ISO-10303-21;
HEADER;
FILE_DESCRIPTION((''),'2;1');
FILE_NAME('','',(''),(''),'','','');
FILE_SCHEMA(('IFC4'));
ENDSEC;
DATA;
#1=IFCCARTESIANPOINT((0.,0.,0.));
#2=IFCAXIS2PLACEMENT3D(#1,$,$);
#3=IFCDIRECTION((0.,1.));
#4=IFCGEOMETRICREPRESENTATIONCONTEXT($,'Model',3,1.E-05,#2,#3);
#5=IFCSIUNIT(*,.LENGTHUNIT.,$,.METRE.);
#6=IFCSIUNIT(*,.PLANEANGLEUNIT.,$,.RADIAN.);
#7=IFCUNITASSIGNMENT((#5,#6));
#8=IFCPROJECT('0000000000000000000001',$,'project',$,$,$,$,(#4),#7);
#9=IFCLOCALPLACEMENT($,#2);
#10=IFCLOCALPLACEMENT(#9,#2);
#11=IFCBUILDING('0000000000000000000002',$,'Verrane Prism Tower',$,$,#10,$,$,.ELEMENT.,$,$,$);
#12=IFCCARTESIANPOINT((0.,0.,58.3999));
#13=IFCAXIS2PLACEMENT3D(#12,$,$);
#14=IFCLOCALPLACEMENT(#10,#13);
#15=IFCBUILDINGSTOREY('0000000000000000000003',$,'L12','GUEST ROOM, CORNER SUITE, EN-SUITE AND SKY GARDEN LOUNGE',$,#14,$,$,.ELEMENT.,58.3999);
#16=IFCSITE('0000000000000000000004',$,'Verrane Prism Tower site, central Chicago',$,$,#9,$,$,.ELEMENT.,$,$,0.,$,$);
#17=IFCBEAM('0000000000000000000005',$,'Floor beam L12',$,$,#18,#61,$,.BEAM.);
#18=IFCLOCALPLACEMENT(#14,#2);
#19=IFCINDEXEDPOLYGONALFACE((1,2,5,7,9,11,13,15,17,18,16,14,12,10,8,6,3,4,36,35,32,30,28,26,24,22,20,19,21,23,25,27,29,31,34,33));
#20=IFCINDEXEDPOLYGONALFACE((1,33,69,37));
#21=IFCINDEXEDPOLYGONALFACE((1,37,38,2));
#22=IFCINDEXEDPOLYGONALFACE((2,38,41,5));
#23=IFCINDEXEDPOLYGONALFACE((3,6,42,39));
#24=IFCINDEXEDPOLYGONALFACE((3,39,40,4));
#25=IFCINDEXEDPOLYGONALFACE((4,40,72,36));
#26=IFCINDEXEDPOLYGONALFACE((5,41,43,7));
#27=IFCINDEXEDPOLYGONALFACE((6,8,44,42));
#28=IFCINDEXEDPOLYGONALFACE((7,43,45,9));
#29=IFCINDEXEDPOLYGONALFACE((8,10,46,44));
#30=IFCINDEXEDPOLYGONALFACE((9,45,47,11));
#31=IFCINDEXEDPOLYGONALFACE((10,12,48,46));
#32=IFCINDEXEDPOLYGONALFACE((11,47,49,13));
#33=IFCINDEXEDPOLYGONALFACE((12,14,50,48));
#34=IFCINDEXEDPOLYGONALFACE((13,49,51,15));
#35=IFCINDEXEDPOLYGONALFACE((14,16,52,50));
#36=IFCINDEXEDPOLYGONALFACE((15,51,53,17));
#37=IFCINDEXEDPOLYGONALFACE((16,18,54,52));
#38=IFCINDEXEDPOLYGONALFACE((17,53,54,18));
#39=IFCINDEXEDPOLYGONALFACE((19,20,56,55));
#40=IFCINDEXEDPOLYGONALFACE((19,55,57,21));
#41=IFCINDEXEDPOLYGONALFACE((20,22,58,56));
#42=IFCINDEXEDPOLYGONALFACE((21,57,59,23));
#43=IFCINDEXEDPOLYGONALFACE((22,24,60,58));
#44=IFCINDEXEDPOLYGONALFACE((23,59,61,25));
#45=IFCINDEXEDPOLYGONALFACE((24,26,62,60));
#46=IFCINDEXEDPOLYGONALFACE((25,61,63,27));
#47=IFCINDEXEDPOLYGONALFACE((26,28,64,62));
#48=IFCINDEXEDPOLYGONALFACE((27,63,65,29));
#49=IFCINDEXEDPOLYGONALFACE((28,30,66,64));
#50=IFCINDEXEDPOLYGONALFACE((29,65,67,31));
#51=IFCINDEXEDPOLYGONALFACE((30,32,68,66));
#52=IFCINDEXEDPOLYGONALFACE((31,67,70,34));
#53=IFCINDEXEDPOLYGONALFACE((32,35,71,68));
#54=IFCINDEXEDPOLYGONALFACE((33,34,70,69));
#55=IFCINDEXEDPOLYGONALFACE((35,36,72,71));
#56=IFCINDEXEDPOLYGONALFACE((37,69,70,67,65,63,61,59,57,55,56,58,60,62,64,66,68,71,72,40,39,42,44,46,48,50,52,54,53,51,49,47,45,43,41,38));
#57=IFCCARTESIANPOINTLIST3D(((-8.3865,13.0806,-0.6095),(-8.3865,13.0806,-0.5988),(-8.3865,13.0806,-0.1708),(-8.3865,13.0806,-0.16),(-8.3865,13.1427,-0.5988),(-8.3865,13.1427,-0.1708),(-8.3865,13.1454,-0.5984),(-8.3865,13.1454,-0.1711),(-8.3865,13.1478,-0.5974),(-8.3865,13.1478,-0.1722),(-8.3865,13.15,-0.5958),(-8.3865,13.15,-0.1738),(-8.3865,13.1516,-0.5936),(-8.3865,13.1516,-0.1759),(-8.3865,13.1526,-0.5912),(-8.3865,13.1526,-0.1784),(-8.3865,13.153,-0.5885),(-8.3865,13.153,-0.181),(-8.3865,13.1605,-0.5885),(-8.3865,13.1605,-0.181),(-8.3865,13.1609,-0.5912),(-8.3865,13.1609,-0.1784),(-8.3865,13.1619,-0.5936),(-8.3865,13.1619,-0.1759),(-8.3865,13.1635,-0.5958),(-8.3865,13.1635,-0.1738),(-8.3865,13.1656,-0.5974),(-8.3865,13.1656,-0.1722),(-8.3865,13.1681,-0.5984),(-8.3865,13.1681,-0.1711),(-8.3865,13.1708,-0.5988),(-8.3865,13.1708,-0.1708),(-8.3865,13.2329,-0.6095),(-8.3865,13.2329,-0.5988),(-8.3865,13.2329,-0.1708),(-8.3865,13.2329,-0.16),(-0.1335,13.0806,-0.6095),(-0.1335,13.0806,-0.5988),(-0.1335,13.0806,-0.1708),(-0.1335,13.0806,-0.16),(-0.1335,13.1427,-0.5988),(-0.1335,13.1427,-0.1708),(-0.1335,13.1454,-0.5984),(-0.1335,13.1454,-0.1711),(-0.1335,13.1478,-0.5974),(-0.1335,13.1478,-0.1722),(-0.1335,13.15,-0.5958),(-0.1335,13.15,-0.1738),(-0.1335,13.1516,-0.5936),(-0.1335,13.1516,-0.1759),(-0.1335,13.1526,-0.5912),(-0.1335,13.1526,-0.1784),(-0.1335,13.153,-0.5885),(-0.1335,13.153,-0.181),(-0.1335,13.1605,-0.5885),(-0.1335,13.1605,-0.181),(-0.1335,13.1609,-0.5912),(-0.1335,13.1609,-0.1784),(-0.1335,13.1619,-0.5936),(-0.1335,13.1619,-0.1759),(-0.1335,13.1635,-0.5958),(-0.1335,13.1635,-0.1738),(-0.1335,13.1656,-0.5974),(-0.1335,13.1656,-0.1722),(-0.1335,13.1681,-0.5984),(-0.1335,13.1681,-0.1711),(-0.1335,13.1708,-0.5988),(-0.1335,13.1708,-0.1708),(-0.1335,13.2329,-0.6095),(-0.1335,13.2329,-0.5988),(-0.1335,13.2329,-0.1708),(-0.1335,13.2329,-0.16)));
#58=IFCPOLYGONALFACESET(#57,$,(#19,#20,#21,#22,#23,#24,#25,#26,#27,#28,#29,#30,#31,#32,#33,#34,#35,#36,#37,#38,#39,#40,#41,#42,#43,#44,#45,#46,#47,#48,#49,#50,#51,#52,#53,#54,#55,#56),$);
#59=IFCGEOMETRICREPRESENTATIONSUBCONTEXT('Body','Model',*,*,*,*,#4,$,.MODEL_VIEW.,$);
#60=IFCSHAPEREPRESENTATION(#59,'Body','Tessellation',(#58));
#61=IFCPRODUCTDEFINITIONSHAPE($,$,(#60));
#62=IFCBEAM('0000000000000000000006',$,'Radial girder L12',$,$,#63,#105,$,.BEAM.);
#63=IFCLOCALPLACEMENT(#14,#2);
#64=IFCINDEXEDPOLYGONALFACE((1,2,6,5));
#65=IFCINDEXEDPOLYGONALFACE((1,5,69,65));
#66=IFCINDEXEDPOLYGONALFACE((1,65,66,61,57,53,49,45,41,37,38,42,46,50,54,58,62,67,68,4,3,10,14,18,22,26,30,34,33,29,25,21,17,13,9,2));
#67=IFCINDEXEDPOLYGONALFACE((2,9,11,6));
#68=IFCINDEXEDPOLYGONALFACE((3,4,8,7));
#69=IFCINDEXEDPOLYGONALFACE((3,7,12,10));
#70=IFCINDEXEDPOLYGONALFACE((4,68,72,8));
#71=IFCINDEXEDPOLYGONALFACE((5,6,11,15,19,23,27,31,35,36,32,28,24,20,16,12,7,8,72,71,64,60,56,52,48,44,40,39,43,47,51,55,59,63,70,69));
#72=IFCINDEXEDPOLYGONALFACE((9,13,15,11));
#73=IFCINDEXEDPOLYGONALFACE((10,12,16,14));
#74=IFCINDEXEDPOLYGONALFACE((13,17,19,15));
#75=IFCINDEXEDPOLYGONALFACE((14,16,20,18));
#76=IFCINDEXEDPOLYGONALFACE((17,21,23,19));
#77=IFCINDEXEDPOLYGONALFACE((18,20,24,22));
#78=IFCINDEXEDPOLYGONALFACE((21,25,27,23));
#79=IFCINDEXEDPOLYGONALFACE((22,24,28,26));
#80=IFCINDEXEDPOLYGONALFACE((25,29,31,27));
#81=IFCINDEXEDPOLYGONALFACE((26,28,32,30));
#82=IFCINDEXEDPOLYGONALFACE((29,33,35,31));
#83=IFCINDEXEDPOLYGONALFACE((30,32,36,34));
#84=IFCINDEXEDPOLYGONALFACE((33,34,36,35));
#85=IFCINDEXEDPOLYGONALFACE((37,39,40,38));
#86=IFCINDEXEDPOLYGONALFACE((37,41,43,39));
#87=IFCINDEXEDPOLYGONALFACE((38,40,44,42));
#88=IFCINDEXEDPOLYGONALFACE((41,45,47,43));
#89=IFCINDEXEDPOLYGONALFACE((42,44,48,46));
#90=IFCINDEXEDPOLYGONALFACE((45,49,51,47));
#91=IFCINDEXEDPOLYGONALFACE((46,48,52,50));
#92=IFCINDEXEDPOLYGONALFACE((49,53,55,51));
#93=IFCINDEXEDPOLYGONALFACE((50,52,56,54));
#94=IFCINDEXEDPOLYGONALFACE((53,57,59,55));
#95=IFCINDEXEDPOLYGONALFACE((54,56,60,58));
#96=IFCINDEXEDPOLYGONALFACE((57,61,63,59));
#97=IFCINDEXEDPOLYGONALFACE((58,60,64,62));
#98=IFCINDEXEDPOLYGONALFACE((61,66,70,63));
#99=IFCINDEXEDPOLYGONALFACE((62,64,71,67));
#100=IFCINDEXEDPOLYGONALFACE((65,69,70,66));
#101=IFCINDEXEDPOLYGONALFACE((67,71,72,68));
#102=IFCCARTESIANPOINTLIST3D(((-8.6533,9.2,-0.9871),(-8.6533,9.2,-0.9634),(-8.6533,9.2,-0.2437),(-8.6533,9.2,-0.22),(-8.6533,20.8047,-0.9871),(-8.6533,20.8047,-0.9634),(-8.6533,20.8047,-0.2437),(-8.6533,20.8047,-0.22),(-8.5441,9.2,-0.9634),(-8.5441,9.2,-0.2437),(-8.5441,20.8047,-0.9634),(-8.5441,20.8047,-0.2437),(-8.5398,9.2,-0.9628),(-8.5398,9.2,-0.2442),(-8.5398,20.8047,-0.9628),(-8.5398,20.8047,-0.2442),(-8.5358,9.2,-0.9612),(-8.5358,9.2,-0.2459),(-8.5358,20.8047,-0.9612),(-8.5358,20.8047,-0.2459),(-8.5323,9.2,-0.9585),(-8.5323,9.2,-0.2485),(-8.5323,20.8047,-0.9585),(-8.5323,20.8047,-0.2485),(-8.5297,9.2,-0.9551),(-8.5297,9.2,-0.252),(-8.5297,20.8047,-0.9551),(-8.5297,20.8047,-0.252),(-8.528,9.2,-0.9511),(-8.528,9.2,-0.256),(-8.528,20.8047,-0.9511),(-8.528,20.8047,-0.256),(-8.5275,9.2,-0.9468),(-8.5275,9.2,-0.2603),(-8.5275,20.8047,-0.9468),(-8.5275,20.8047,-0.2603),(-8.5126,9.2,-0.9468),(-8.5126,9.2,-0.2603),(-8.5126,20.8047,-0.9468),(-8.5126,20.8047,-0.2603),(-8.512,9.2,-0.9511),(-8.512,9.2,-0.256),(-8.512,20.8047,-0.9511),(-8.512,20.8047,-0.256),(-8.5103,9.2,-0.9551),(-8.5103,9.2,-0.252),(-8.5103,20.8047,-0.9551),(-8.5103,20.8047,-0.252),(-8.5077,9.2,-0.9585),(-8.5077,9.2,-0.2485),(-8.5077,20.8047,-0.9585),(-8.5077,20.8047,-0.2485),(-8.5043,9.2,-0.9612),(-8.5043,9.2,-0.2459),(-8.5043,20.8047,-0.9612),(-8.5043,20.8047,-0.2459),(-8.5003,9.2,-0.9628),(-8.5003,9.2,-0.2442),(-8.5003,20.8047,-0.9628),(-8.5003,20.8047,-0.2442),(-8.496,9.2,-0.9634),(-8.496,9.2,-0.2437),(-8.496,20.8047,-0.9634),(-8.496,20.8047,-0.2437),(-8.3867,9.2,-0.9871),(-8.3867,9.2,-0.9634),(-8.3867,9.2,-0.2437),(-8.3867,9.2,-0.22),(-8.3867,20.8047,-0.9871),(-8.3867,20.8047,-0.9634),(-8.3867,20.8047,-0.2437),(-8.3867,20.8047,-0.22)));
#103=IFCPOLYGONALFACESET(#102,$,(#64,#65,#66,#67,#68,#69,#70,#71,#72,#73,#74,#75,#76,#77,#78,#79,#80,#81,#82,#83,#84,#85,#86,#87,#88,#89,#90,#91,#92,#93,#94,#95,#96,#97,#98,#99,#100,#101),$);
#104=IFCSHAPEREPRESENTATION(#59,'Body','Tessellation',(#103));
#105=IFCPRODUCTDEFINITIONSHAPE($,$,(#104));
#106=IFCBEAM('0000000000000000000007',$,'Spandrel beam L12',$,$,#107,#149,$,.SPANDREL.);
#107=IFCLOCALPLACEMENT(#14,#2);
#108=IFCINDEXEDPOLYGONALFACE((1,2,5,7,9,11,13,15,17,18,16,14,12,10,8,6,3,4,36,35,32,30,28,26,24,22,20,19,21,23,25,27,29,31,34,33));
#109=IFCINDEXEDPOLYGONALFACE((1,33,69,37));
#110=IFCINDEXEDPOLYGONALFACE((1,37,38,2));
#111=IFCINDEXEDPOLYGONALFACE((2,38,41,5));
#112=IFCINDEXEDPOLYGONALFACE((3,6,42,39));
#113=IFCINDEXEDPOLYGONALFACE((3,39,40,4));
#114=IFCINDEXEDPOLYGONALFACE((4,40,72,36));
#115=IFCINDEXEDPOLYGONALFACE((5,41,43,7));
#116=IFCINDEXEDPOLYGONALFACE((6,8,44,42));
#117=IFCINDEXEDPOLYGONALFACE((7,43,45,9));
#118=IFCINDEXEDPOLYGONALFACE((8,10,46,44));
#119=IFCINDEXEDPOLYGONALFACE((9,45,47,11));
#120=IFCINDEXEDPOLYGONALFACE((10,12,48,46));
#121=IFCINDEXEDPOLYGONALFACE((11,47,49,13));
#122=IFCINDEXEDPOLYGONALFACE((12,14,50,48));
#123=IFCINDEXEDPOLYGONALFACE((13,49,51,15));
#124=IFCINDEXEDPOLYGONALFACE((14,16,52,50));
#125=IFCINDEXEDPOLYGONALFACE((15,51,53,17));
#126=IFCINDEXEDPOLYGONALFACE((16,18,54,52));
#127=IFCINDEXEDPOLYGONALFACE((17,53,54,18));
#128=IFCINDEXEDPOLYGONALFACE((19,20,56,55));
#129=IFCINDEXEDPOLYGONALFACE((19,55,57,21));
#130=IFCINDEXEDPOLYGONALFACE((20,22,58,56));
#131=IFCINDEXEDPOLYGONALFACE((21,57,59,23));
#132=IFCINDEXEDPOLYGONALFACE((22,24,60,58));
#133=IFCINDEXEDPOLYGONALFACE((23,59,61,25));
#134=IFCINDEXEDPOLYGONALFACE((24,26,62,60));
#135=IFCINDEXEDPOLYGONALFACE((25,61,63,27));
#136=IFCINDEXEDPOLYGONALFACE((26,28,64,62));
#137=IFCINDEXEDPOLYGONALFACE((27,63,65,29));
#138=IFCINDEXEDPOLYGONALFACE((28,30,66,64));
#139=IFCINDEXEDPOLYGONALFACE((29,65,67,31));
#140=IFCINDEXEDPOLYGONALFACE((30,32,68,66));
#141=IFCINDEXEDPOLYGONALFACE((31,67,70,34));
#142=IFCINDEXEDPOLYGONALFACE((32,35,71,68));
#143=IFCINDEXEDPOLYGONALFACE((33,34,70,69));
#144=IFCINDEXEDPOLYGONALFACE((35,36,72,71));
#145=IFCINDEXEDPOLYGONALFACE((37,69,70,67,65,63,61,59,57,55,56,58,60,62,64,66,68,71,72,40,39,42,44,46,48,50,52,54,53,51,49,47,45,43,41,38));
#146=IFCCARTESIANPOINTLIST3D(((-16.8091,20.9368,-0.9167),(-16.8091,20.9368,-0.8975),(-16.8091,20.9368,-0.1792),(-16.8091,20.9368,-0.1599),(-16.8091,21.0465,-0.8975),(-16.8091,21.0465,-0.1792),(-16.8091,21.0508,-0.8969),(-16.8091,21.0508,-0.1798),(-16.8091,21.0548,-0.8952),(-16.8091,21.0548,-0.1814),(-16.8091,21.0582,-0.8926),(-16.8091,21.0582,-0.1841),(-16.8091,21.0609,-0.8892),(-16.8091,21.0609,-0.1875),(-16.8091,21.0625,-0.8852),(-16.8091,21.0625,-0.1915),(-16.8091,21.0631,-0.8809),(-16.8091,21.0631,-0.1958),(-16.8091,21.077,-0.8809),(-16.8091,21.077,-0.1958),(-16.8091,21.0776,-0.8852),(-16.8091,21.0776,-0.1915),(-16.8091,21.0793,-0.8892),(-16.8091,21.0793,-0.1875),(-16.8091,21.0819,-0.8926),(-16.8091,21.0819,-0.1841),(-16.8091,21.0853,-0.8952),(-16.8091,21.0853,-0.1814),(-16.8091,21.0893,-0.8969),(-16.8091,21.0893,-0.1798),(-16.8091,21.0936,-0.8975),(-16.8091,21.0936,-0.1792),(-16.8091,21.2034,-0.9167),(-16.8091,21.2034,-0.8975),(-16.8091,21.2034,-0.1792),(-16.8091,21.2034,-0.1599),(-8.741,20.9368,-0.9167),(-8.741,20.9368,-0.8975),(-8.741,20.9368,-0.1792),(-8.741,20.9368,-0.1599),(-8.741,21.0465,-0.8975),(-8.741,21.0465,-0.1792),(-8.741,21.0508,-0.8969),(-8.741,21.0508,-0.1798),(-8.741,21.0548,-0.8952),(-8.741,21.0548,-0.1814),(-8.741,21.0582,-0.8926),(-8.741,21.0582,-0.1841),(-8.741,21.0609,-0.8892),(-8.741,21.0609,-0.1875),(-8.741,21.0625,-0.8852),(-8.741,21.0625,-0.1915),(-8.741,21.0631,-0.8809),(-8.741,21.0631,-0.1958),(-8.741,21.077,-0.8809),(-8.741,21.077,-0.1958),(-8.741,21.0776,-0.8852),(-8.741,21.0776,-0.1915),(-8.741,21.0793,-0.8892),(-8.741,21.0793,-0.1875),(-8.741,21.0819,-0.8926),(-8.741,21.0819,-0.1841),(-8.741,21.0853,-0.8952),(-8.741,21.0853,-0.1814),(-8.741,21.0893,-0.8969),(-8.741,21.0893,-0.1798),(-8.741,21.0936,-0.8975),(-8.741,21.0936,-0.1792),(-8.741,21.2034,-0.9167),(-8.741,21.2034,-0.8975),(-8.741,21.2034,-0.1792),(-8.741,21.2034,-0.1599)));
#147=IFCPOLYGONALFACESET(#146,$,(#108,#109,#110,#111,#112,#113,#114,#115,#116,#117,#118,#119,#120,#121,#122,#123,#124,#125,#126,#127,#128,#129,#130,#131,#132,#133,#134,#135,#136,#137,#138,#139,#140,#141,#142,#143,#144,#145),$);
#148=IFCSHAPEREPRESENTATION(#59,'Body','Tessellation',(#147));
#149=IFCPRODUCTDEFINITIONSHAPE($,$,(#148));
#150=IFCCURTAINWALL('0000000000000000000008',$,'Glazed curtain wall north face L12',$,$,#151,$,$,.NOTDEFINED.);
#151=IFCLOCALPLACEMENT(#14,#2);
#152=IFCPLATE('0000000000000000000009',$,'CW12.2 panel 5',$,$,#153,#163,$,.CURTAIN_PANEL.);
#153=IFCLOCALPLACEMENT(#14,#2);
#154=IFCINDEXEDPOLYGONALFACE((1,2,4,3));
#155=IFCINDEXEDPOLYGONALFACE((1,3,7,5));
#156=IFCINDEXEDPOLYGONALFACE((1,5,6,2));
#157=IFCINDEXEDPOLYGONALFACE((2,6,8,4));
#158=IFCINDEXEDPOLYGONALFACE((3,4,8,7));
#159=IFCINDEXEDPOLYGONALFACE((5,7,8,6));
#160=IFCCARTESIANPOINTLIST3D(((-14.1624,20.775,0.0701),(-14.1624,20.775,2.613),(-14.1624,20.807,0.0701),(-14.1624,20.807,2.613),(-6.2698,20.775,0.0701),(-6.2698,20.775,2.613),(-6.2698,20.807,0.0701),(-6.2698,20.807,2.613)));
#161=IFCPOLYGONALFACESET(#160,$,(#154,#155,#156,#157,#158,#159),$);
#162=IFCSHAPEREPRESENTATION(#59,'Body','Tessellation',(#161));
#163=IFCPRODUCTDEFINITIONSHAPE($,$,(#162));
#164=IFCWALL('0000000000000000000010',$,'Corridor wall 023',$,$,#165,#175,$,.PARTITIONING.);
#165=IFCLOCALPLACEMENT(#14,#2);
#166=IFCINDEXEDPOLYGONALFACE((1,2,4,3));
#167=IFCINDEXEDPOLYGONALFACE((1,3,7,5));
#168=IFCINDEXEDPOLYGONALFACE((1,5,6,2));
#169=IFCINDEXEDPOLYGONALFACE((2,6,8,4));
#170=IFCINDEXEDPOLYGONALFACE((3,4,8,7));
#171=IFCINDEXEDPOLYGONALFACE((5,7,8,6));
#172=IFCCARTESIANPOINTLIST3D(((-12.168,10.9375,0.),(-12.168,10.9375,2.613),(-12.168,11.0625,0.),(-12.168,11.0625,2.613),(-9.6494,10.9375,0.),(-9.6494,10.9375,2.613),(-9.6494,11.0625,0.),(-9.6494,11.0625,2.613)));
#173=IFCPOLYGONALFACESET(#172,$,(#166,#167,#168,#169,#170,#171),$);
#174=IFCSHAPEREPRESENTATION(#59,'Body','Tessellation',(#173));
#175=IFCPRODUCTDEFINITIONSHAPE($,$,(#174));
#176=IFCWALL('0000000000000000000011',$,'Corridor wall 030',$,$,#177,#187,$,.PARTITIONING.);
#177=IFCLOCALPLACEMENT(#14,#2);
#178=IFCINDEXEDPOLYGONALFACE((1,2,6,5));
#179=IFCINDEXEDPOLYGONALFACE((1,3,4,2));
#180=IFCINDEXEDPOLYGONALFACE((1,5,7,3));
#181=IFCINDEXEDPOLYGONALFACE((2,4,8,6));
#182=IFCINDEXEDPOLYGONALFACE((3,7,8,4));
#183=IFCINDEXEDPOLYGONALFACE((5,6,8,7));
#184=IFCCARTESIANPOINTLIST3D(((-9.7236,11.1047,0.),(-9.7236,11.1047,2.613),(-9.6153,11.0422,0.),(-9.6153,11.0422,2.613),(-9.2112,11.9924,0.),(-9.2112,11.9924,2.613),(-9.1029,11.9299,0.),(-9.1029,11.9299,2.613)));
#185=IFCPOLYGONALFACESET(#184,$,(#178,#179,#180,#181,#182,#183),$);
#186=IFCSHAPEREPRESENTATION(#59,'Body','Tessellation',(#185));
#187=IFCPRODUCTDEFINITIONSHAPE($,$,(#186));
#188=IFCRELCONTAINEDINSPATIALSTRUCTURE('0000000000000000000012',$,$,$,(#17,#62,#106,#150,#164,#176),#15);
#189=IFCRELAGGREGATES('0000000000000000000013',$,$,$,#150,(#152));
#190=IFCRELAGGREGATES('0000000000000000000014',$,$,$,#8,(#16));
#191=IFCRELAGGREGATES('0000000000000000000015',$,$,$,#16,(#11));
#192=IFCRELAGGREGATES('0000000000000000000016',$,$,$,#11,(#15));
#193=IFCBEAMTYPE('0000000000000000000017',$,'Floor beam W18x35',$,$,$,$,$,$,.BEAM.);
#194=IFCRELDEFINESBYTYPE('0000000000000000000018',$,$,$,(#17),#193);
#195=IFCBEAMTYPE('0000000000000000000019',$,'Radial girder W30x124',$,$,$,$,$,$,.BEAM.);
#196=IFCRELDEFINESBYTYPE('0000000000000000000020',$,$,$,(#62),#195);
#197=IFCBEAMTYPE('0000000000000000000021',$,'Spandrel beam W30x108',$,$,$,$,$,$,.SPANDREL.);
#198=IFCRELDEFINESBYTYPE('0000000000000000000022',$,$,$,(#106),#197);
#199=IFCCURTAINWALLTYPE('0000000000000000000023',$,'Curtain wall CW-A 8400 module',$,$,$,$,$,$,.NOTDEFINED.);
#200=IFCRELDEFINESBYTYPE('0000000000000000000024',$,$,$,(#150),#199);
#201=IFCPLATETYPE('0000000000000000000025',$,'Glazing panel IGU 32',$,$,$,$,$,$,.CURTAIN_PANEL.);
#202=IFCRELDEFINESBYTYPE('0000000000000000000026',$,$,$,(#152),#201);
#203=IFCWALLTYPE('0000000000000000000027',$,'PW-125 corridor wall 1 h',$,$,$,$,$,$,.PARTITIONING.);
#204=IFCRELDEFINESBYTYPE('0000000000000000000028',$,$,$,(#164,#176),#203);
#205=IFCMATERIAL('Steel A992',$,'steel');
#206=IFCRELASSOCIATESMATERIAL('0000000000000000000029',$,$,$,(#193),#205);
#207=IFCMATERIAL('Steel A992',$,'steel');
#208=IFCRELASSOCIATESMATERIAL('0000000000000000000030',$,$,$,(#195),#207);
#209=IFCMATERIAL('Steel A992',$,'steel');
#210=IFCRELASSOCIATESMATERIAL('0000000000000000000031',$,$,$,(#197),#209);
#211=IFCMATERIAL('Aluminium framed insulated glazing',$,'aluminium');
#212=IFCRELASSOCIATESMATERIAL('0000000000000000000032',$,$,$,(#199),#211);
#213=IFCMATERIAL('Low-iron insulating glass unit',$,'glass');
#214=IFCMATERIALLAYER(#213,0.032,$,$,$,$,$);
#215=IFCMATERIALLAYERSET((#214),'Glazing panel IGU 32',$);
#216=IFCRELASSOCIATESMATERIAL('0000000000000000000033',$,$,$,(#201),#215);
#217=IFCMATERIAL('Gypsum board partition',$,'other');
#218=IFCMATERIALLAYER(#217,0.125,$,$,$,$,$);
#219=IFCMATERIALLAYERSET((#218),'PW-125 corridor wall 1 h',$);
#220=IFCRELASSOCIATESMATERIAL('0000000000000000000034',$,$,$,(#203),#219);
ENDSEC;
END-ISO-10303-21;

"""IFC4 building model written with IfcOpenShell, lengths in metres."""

from ifc_helpers import new_model, si_unit, direction, frame, frame_2d, origin, origin_2d, place, context, subcontext, project, spatial, rectangle, i_section, extrude, material, layer, layer_set, material_profile, profile_set, type_object, element, aggregate, save


model = new_model("IFC4")

# Units and contexts
model_context = context("Model", 3, precision=1e-05, world=origin(), true_north=direction((0.0, 1.0)))
body_context = subcontext(model_context, "Body", "Model", "MODEL_VIEW")
ifc_project = project(units=[si_unit("LENGTHUNIT", "METRE"), si_unit("PLANEANGLEUNIT", "RADIAN")], contexts=[model_context])

# Site, building, storey
site_placement = place(None, origin())
site = spatial("IfcSite", under=ifc_project, at=site_placement, Name="Verrane Prism Tower site, central Chicago", CompositionType="ELEMENT", RefElevation=0.0)
building_placement = place(site_placement, origin())
building = spatial("IfcBuilding", under=site, at=building_placement, Name="Verrane Prism Tower", CompositionType="ELEMENT")
storey_placement = place(building_placement, frame((0.0, 0.0, 58.3999)))
storey = spatial("IfcBuildingStorey", under=building, at=storey_placement, Name="L12", Description="GUEST ROOM, CORNER SUITE, EN-SUITE AND SKY GARDEN LOUNGE", CompositionType="ELEMENT", Elevation=58.3999)

# Beams
ifc_material_1 = material(Name="Steel A992", Category="steel")
ifc_material_profile_1 = material_profile(ifc_material_1, i_section(OverallWidth=0.1523, OverallDepth=0.4495, WebThickness=0.0076, FlangeThickness=0.0107, FilletRadius=0.0103, at=origin_2d()), Name="W18x35")
ifc_profile_set_1 = profile_set([ifc_material_profile_1], Name="Steel A992")
beam_type_1 = type_object("IfcBeamType", Name="Floor beam W18x35", PredefinedType="BEAM", material=ifc_profile_set_1)
beam_1_placement = place(storey_placement, frame((-8.3865, 13.1567, -0.3848), z_axis=(1.0, 0.0, 0.0), x_axis=(0.0, 1.0, 0.0)))
element("IfcBeam", 1, at=beam_1_placement, inside=storey, type_object=beam_type_1, Name="Floor beam L12", PredefinedType="BEAM", context=body_context, shape_type="SweptSolid", body=[
    extrude(i_section(OverallWidth=0.1523, OverallDepth=0.4495, WebThickness=0.0076, FlangeThickness=0.0107, FilletRadius=0.0103, at=origin_2d()), origin(), (0.0, 0.0, 1.0), 8.2529),
])
ifc_material_2 = material(Name="Steel A992", Category="steel")
ifc_material_profile_2 = material_profile(ifc_material_2, i_section(OverallWidth=0.2666, OverallDepth=0.7671, WebThickness=0.0149, FlangeThickness=0.0237, FilletRadius=0.0166, at=origin_2d()), Name="W30x124")
ifc_profile_set_2 = profile_set([ifc_material_profile_2], Name="Steel A992")
beam_type_2 = type_object("IfcBeamType", Name="Radial girder W30x124", PredefinedType="BEAM", material=ifc_profile_set_2)
beam_2_placement = place(storey_placement, frame((-8.52, 20.8047, -0.6035), z_axis=(0.0, -1.0, 0.0), x_axis=(1.0, 0.0, 0.0)))
element("IfcBeam", 2, at=beam_2_placement, inside=storey, type_object=beam_type_2, Name="Radial girder L12", PredefinedType="BEAM", context=body_context, shape_type="SweptSolid", body=[
    extrude(i_section(OverallWidth=0.2666, OverallDepth=0.7671, WebThickness=0.0149, FlangeThickness=0.0237, FilletRadius=0.0166, at=origin_2d()), origin(), (0.0, 0.0, 1.0), 11.6047),
])
ifc_material_3 = material(Name="Steel A992", Category="steel")
ifc_material_profile_3 = material_profile(ifc_material_3, i_section(OverallWidth=0.2666, OverallDepth=0.7568, WebThickness=0.0139, FlangeThickness=0.0193, FilletRadius=0.0166, at=origin_2d()), Name="W30x108")
ifc_profile_set_3 = profile_set([ifc_material_profile_3], Name="Steel A992")
beam_type_3 = type_object("IfcBeamType", Name="Spandrel beam W30x108", PredefinedType="SPANDREL", material=ifc_profile_set_3)
beam_3_placement = place(storey_placement, frame((-8.741, 21.0701, -0.5383), z_axis=(-1.0, 0.0, 0.0), x_axis=(0.0, -1.0, 0.0)))
element("IfcBeam", 3, at=beam_3_placement, inside=storey, type_object=beam_type_3, Name="Spandrel beam L12", PredefinedType="SPANDREL", context=body_context, shape_type="SweptSolid", body=[
    extrude(i_section(OverallWidth=0.2666, OverallDepth=0.7568, WebThickness=0.0139, FlangeThickness=0.0193, FilletRadius=0.0166, at=origin_2d()), origin(), (0.0, 0.0, 1.0), 8.0681),
])

# Curtain wall, plate
ifc_material_4 = material(Name="Aluminium framed insulated glazing", Category="aluminium")
curtain_wall_type = type_object("IfcCurtainWallType", Name="Curtain wall CW-A 8400 module", PredefinedType="NOTDEFINED", material=ifc_material_4)
curtain_wall_placement = place(storey_placement, origin())
curtain_wall = element("IfcCurtainWall", 4, at=curtain_wall_placement, inside=storey, type_object=curtain_wall_type, Name="Glazed curtain wall north face L12", PredefinedType="NOTDEFINED")
ifc_material_5 = material(Name="Low-iron insulating glass unit", Category="glass")
ifc_layer_1 = layer(ifc_material_5, 0.032)
ifc_layer_set_1 = layer_set([ifc_layer_1], Name="Glazing panel IGU 32")
plate_type = type_object("IfcPlateType", Name="Glazing panel IGU 32", PredefinedType="CURTAIN_PANEL", material=ifc_layer_set_1)
plate_placement = place(storey_placement, frame((-10.2161, 20.791, 0.0701), z_axis=(0.0, 0.0, 1.0), x_axis=(-1.0, 0.0, 0.0)))
plate = element("IfcPlate", 5, at=plate_placement, type_object=plate_type, Name="CW12.2 panel 5", PredefinedType="CURTAIN_PANEL", context=body_context, shape_type="SweptSolid", body=[
    extrude(rectangle(XDim=7.8926, YDim=0.032, at=origin_2d()), origin(), (0.0, 0.0, 1.0), 2.543),
])
aggregate(curtain_wall, [plate])

# Walls
ifc_material_6 = material(Name="Gypsum board partition", Category="other")
ifc_layer_2 = layer(ifc_material_6, 0.125)
ifc_layer_set_2 = layer_set([ifc_layer_2], Name="PW-125 corridor wall 1 h")
wall_type_1 = type_object("IfcWallType", Name="PW-125 corridor wall 1 h", PredefinedType="PARTITIONING", material=ifc_layer_set_2)
wall_1_placement = place(storey_placement, frame((-12.168, 11.0, 0.0), z_axis=(0.0, 0.0, 1.0), x_axis=(1.0, 0.0, 0.0)))
element("IfcWall", 6, at=wall_1_placement, inside=storey, type_object=wall_type_1, Name="Corridor wall 023", PredefinedType="PARTITIONING", context=body_context, shape_type="SweptSolid", body=[
    extrude(rectangle(XDim=2.5186, YDim=0.125, at=frame_2d((1.2593, 0.0))), origin(), (0.0, 0.0, 1.0), 2.613),
])
wall_2_placement = place(storey_placement, frame((-9.6694, 11.0735, 0.0), z_axis=(0.0, 0.0, 1.0), x_axis=(0.499956, 0.866051, 0.0)))
element("IfcWall", 7, at=wall_2_placement, inside=storey, type_object=wall_type_1, Name="Corridor wall 030", PredefinedType="PARTITIONING", context=body_context, shape_type="SweptSolid", body=[
    extrude(rectangle(XDim=1.0249, YDim=0.125, at=frame_2d((0.5125, 0.0))), origin(), (0.0, 0.0, 1.0), 2.613),
])

save(model, "model.ifc")
